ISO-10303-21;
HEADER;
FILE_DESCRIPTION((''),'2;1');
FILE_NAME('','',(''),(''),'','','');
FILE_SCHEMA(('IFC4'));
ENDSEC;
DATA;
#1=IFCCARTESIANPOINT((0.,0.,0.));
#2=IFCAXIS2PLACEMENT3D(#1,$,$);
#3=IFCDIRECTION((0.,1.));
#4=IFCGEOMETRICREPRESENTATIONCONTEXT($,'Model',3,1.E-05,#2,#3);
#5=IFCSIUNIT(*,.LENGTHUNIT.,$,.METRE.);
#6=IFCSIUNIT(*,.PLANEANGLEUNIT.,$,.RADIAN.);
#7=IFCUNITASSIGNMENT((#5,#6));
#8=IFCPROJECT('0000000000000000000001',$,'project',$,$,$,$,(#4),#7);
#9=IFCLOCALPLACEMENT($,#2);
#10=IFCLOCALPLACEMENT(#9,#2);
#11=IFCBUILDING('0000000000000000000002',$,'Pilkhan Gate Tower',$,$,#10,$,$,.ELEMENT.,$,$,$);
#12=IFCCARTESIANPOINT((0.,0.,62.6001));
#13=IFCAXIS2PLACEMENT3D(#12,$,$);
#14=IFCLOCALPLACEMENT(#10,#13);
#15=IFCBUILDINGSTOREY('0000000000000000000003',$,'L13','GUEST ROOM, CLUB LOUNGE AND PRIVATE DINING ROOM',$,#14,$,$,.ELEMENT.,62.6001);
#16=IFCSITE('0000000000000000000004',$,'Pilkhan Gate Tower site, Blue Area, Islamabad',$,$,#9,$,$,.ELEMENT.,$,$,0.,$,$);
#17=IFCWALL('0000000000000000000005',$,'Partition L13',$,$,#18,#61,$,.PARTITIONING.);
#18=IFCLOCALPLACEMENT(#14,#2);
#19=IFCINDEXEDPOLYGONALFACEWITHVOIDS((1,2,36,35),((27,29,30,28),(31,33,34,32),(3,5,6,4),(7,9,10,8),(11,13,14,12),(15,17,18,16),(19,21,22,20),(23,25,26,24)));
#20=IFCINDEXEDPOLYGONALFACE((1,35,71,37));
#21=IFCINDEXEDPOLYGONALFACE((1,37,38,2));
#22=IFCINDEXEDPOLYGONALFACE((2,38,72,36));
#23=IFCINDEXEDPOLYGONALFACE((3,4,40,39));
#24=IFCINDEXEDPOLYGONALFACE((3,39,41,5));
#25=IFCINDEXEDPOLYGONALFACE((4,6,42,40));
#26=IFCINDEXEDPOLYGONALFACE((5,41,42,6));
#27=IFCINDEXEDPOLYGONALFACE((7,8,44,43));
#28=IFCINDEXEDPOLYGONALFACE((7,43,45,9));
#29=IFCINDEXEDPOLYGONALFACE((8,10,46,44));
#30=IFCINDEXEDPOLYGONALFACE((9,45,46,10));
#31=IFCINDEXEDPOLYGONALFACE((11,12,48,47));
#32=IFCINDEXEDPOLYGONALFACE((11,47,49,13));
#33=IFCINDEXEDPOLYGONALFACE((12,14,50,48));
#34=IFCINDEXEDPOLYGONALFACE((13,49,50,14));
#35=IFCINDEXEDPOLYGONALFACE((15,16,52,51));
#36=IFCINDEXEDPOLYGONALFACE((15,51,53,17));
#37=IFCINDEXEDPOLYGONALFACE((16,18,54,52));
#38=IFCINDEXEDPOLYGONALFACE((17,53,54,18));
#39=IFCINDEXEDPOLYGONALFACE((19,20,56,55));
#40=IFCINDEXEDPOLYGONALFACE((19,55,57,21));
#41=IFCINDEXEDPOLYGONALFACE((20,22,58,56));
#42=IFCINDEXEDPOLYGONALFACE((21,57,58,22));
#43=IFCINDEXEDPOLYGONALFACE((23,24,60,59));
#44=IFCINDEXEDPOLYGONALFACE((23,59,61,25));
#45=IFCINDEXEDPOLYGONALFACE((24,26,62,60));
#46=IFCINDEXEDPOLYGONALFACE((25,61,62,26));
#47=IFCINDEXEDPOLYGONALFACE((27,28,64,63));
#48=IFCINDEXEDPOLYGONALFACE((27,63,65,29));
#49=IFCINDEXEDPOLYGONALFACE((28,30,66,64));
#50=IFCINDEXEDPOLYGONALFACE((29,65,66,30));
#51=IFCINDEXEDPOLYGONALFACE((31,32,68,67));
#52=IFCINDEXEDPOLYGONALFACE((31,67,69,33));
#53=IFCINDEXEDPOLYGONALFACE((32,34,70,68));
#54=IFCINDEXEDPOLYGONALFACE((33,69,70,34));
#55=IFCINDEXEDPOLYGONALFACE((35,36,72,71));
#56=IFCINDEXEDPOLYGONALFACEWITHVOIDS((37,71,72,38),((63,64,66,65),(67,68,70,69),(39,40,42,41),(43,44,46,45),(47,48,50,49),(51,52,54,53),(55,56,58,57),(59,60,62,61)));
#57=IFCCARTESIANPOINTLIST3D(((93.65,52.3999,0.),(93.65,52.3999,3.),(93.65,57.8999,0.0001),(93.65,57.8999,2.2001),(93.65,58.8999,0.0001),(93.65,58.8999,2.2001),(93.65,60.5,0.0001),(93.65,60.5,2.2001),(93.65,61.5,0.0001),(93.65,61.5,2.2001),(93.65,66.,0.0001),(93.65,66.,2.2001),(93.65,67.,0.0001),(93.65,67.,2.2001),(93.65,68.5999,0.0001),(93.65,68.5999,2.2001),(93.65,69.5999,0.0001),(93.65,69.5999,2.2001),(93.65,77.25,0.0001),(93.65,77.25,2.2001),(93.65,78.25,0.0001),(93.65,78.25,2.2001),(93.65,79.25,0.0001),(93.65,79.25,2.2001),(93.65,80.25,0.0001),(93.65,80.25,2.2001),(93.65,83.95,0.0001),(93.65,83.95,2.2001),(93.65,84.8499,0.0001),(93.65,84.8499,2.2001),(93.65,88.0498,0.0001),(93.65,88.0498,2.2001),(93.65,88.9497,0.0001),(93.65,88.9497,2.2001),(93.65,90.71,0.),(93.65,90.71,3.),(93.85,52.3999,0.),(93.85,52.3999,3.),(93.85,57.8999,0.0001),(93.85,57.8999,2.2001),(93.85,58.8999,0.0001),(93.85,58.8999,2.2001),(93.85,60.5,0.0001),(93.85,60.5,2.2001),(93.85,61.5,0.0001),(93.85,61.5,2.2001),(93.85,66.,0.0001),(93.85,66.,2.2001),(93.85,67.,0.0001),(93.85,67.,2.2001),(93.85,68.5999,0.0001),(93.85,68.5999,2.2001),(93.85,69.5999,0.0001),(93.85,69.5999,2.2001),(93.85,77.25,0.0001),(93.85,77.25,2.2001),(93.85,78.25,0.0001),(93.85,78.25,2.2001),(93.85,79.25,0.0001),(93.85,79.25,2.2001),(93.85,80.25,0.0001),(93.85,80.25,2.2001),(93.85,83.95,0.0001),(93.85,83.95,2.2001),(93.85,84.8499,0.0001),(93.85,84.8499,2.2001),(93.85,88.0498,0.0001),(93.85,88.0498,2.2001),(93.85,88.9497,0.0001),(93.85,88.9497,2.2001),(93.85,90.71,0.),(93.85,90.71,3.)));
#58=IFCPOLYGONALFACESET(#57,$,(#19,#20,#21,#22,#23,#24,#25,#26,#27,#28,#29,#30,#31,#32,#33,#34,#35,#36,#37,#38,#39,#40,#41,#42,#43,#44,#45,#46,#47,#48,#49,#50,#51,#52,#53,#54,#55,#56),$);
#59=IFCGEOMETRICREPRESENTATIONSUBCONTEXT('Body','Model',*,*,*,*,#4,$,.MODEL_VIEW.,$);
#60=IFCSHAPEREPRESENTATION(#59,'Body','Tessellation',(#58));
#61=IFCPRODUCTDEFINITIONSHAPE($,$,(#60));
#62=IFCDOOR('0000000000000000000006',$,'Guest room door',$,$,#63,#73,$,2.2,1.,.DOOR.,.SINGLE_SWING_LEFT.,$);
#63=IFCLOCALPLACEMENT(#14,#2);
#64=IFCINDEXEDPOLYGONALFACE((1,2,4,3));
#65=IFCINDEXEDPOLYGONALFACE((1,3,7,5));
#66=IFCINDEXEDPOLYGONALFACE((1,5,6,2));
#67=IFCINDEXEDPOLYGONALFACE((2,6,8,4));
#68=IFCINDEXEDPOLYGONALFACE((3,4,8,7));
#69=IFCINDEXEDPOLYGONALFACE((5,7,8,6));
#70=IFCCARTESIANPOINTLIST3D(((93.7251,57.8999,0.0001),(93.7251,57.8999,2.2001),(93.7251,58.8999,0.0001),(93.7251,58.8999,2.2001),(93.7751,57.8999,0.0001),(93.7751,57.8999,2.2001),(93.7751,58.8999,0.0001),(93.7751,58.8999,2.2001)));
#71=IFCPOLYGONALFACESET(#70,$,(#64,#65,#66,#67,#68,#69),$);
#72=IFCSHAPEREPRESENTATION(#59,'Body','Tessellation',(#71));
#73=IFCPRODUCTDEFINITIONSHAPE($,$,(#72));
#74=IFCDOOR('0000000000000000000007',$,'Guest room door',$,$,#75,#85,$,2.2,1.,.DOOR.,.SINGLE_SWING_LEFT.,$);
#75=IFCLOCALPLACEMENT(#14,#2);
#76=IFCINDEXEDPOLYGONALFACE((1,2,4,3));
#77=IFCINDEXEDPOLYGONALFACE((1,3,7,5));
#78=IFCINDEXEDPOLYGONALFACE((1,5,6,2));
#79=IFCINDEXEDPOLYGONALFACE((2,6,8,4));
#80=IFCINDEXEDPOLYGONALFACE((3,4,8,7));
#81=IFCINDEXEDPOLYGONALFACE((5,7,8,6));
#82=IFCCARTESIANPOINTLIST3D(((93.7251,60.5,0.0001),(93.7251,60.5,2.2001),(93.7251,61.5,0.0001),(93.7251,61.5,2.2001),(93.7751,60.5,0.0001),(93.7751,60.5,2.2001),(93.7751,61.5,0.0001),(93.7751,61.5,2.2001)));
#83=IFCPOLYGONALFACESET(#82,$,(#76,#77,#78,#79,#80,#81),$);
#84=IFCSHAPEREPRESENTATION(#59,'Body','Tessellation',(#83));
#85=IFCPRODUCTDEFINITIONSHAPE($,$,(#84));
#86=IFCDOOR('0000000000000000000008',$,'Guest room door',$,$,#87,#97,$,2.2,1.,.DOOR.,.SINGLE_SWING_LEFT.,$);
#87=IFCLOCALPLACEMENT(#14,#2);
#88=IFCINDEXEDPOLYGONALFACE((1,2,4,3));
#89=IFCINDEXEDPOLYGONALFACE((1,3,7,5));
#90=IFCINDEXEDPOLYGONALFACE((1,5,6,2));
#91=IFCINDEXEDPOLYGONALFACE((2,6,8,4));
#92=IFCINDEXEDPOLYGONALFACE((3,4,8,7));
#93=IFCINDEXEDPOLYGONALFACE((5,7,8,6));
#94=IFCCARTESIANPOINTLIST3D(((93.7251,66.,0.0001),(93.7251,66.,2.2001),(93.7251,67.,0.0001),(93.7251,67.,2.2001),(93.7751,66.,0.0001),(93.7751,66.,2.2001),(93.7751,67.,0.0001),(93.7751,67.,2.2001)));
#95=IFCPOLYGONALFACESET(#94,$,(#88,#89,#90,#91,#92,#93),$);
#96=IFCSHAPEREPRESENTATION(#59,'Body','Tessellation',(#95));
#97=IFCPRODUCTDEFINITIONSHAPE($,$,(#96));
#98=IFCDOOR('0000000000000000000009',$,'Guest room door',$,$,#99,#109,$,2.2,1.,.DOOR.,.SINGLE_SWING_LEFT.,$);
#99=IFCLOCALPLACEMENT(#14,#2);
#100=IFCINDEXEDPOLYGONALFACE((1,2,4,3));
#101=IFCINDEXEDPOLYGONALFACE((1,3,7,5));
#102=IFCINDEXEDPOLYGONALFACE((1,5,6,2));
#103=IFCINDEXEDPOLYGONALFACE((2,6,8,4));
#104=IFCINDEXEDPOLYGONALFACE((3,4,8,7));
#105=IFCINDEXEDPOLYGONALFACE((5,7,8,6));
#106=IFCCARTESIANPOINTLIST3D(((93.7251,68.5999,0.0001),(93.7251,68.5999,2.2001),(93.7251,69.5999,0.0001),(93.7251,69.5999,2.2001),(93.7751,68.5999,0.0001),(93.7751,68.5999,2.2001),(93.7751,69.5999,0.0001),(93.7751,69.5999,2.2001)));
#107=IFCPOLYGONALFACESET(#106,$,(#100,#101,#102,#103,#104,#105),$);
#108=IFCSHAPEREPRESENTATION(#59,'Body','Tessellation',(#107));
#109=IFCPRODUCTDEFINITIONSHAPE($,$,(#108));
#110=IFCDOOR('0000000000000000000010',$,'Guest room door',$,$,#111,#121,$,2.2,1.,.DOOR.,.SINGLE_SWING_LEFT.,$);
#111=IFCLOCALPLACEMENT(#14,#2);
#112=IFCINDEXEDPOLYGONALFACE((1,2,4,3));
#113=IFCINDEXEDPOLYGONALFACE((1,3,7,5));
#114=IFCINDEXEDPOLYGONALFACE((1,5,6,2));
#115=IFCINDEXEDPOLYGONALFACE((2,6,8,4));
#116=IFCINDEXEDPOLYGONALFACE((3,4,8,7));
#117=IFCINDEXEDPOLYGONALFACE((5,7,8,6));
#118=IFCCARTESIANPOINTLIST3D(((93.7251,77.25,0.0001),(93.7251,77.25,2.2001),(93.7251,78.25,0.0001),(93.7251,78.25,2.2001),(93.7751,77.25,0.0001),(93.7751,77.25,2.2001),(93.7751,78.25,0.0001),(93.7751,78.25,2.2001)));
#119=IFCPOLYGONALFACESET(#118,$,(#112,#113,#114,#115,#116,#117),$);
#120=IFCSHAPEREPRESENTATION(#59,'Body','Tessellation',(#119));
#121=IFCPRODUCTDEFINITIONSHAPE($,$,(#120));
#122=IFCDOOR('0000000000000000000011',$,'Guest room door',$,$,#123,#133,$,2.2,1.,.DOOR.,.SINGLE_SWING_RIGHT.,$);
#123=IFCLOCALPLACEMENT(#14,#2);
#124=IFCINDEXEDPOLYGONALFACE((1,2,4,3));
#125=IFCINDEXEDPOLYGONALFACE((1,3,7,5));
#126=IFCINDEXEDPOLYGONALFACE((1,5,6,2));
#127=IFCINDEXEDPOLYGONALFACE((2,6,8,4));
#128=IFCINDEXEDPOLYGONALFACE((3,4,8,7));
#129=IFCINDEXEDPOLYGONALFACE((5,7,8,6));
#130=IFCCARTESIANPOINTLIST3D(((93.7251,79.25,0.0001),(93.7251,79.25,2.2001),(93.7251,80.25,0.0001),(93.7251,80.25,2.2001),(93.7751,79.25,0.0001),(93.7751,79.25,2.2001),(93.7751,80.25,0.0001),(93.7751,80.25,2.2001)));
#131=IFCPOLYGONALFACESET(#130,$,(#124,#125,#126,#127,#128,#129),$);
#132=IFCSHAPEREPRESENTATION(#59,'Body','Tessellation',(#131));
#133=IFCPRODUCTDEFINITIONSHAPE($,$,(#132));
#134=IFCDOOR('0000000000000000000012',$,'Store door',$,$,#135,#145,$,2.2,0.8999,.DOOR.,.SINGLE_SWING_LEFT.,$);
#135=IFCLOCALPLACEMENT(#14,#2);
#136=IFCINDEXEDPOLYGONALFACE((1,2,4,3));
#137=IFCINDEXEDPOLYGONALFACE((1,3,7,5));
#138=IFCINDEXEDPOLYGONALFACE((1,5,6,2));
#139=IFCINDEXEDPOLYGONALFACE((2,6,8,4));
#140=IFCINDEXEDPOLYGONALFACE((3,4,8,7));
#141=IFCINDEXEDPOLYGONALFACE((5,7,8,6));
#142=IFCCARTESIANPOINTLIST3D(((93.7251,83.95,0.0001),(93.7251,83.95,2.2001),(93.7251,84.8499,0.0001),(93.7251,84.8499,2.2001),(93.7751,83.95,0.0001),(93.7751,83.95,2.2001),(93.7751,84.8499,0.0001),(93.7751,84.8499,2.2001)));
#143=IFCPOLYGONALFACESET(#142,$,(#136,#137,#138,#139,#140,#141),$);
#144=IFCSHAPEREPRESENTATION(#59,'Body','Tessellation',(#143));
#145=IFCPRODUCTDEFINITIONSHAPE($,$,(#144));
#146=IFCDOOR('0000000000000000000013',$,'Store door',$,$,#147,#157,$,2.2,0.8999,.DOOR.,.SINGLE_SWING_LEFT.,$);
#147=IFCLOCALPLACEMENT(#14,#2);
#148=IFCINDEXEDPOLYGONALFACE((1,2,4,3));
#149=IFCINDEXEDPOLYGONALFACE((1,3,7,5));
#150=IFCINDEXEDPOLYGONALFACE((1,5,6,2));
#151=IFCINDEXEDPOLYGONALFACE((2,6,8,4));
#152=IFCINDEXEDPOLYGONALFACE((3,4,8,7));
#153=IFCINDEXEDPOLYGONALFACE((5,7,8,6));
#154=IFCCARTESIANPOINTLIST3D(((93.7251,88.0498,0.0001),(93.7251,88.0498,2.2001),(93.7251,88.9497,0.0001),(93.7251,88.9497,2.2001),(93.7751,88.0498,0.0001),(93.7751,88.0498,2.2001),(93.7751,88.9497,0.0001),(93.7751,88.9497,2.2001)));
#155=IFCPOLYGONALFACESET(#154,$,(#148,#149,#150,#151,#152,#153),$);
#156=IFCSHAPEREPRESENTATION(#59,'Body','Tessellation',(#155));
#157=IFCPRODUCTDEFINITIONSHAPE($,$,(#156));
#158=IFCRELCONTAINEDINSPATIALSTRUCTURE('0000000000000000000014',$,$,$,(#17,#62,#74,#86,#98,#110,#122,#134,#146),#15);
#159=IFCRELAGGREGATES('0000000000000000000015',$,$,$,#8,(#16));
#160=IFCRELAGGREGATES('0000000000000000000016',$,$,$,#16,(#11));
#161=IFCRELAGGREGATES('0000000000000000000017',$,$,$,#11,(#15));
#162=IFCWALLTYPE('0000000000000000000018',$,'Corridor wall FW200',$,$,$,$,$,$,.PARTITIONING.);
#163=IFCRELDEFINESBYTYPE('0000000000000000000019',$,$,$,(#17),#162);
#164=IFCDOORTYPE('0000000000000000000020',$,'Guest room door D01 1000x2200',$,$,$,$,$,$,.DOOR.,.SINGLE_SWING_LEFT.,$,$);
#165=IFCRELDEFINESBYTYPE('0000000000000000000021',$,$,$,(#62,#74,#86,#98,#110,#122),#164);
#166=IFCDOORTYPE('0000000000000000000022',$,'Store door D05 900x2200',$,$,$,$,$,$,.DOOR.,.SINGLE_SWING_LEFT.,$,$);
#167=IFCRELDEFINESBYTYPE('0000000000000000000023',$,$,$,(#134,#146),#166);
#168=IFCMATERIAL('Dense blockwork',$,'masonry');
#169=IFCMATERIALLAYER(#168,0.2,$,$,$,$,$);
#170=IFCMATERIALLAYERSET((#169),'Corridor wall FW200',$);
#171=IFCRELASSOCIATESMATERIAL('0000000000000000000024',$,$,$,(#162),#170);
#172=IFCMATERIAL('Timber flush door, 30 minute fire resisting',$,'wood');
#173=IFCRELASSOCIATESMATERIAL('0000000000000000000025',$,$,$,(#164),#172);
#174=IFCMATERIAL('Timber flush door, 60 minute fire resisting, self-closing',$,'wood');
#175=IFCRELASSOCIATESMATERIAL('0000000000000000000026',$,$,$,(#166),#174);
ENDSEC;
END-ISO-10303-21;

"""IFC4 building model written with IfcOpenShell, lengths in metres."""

from ifc_helpers import new_model, si_unit, direction, frame, frame_2d, origin, place, context, subcontext, project, spatial, rectangle, extrude, material, layer, layer_set, type_object, element, fill, save


model = new_model("IFC4")

# Units and contexts
model_context = context("Model", 3, precision=1e-05, world=origin(), true_north=direction((0.0, 1.0)))
body_context = subcontext(model_context, "Body", "Model", "MODEL_VIEW")
ifc_project = project(units=[si_unit("LENGTHUNIT", "METRE"), si_unit("PLANEANGLEUNIT", "RADIAN")], contexts=[model_context])

# Site, building, storey
site_placement = place(None, origin())
site = spatial("IfcSite", under=ifc_project, at=site_placement, Name="Pilkhan Gate Tower site, Blue Area, Islamabad", CompositionType="ELEMENT", RefElevation=0.0)
building_placement = place(site_placement, origin())
building = spatial("IfcBuilding", under=site, at=building_placement, Name="Pilkhan Gate Tower", CompositionType="ELEMENT")
storey_placement = place(building_placement, frame((0.0, 0.0, 62.6001)))
storey = spatial("IfcBuildingStorey", under=building, at=storey_placement, Name="L13", Description="GUEST ROOM, CLUB LOUNGE AND PRIVATE DINING ROOM", CompositionType="ELEMENT", Elevation=62.6001)

# Shared definitions
ifc_material_1 = material(Name="Dense blockwork", Category="masonry")
ifc_layer_1 = layer(ifc_material_1, 0.2)
ifc_layer_set_1 = layer_set([ifc_layer_1], Name="Corridor wall FW200")
wall_type_1 = type_object("IfcWallType", Name="Corridor wall FW200", PredefinedType="PARTITIONING", material=ifc_layer_set_1)

# Wall, openings, doors
wall_1_placement = place(storey_placement, frame((93.75, 52.3999, 0.0), z_axis=(0.0, 0.0, 1.0), x_axis=(0.0, 1.0, 0.0)))
wall_1 = element("IfcWall", 1, at=wall_1_placement, inside=storey, type_object=wall_type_1, Name="Partition L13", PredefinedType="PARTITIONING", context=body_context, shape_type="SweptSolid", body=[
    extrude(rectangle(XDim=38.3101, YDim=0.2, at=frame_2d((19.155, 0.0))), origin(), (0.0, 0.0, 1.0), 3.0),
])
opening_1_placement = place(wall_1_placement, frame((5.5, 0.0, 0.0)))
opening_1 = element("IfcOpeningElement", 2, at=opening_1_placement, cuts=wall_1, PredefinedType="OPENING", context=body_context, shape_type="SweptSolid", body=[
    extrude(rectangle(XDim=1.0, YDim=2.2, at=frame_2d((0.5, 1.1001))), frame((0.0, 0.1099, 0.0), z_axis=(0.0, -1.0, 0.0), x_axis=(1.0, 0.0, 0.0)), (0.0, 0.0, 1.0), 0.22),
])
opening_2_placement = place(wall_1_placement, frame((8.1001, 0.0, 0.0)))
opening_2 = element("IfcOpeningElement", 3, at=opening_2_placement, cuts=wall_1, PredefinedType="OPENING", context=body_context, shape_type="SweptSolid", body=[
    extrude(rectangle(XDim=1.0, YDim=2.2, at=frame_2d((0.5, 1.1001))), frame((0.0, 0.1099, 0.0), z_axis=(0.0, -1.0, 0.0), x_axis=(1.0, 0.0, 0.0)), (0.0, 0.0, 1.0), 0.22),
])
opening_3_placement = place(wall_1_placement, frame((13.6001, 0.0, 0.0)))
opening_3 = element("IfcOpeningElement", 4, at=opening_3_placement, cuts=wall_1, PredefinedType="OPENING", context=body_context, shape_type="SweptSolid", body=[
    extrude(rectangle(XDim=1.0, YDim=2.2, at=frame_2d((0.5, 1.1001))), frame((0.0, 0.1099, 0.0), z_axis=(0.0, -1.0, 0.0), x_axis=(1.0, 0.0, 0.0)), (0.0, 0.0, 1.0), 0.22),
])
opening_4_placement = place(wall_1_placement, frame((16.2, 0.0, 0.0)))
opening_4 = element("IfcOpeningElement", 5, at=opening_4_placement, cuts=wall_1, PredefinedType="OPENING", context=body_context, shape_type="SweptSolid", body=[
    extrude(rectangle(XDim=1.0, YDim=2.2, at=frame_2d((0.5, 1.1001))), frame((0.0, 0.1099, 0.0), z_axis=(0.0, -1.0, 0.0), x_axis=(1.0, 0.0, 0.0)), (0.0, 0.0, 1.0), 0.22),
])
opening_5_placement = place(wall_1_placement, frame((24.8501, 0.0, 0.0)))
opening_5 = element("IfcOpeningElement", 6, at=opening_5_placement, cuts=wall_1, PredefinedType="OPENING", context=body_context, shape_type="SweptSolid", body=[
    extrude(rectangle(XDim=1.0, YDim=2.2, at=frame_2d((0.5, 1.1001))), frame((0.0, 0.1099, 0.0), z_axis=(0.0, -1.0, 0.0), x_axis=(1.0, 0.0, 0.0)), (0.0, 0.0, 1.0), 0.22),
])
opening_6_placement = place(wall_1_placement, frame((26.8501, 0.0, 0.0)))
opening_6 = element("IfcOpeningElement", 7, at=opening_6_placement, cuts=wall_1, PredefinedType="OPENING", context=body_context, shape_type="SweptSolid", body=[
    extrude(rectangle(XDim=1.0, YDim=2.2, at=frame_2d((0.5, 1.1001))), frame((0.0, 0.1099, 0.0), z_axis=(0.0, -1.0, 0.0), x_axis=(1.0, 0.0, 0.0)), (0.0, 0.0, 1.0), 0.22),
])
opening_7_placement = place(wall_1_placement, frame((31.55, 0.0, 0.0)))
opening_7 = element("IfcOpeningElement", 8, at=opening_7_placement, cuts=wall_1, PredefinedType="OPENING", context=body_context, shape_type="SweptSolid", body=[
    extrude(rectangle(XDim=0.8999, YDim=2.2, at=frame_2d((0.45, 1.1001))), frame((0.0, 0.1099, 0.0), z_axis=(0.0, -1.0, 0.0), x_axis=(1.0, 0.0, 0.0)), (0.0, 0.0, 1.0), 0.22),
])
opening_8_placement = place(wall_1_placement, frame((35.6499, 0.0, 0.0)))
opening_8 = element("IfcOpeningElement", 9, at=opening_8_placement, cuts=wall_1, PredefinedType="OPENING", context=body_context, shape_type="SweptSolid", body=[
    extrude(rectangle(XDim=0.8999, YDim=2.2, at=frame_2d((0.45, 1.1001))), frame((0.0, 0.1099, 0.0), z_axis=(0.0, -1.0, 0.0), x_axis=(1.0, 0.0, 0.0)), (0.0, 0.0, 1.0), 0.22),
])
ifc_material_2 = material(Name="Timber flush door, 30 minute fire resisting", Category="wood")
door_type_1 = type_object("IfcDoorType", Name="Guest room door D01 1000x2200", OperationType="SINGLE_SWING_LEFT", PredefinedType="DOOR", material=ifc_material_2)
door_1_placement = place(opening_1_placement, origin())
door_1 = element("IfcDoor", 10, at=door_1_placement, inside=storey, type_object=door_type_1, Name="Guest room door", OperationType="SINGLE_SWING_LEFT", OverallHeight=2.2, OverallWidth=1.0, PredefinedType="DOOR", context=body_context, shape_type="SweptSolid", body=[
    extrude(rectangle(XDim=1.0, YDim=2.2, at=frame_2d((0.5, 1.1001))), frame((0.0, 0.0249, 0.0), z_axis=(0.0, -1.0, 0.0), x_axis=(1.0, 0.0, 0.0)), (0.0, 0.0, 1.0), 0.05),
])
fill(opening_1, door_1)
door_2_placement = place(opening_2_placement, origin())
door_2 = element("IfcDoor", 11, at=door_2_placement, inside=storey, type_object=door_type_1, Name="Guest room door", OperationType="SINGLE_SWING_LEFT", OverallHeight=2.2, OverallWidth=1.0, PredefinedType="DOOR", context=body_context, shape_type="SweptSolid", body=[
    extrude(rectangle(XDim=1.0, YDim=2.2, at=frame_2d((0.5, 1.1001))), frame((0.0, 0.0249, 0.0), z_axis=(0.0, -1.0, 0.0), x_axis=(1.0, 0.0, 0.0)), (0.0, 0.0, 1.0), 0.05),
])
fill(opening_2, door_2)
door_3_placement = place(opening_3_placement, origin())
door_3 = element("IfcDoor", 12, at=door_3_placement, inside=storey, type_object=door_type_1, Name="Guest room door", OperationType="SINGLE_SWING_LEFT", OverallHeight=2.2, OverallWidth=1.0, PredefinedType="DOOR", context=body_context, shape_type="SweptSolid", body=[
    extrude(rectangle(XDim=1.0, YDim=2.2, at=frame_2d((0.5, 1.1001))), frame((0.0, 0.0249, 0.0), z_axis=(0.0, -1.0, 0.0), x_axis=(1.0, 0.0, 0.0)), (0.0, 0.0, 1.0), 0.05),
])
fill(opening_3, door_3)
door_4_placement = place(opening_4_placement, origin())
door_4 = element("IfcDoor", 13, at=door_4_placement, inside=storey, type_object=door_type_1, Name="Guest room door", OperationType="SINGLE_SWING_LEFT", OverallHeight=2.2, OverallWidth=1.0, PredefinedType="DOOR", context=body_context, shape_type="SweptSolid", body=[
    extrude(rectangle(XDim=1.0, YDim=2.2, at=frame_2d((0.5, 1.1001))), frame((0.0, 0.0249, 0.0), z_axis=(0.0, -1.0, 0.0), x_axis=(1.0, 0.0, 0.0)), (0.0, 0.0, 1.0), 0.05),
])
fill(opening_4, door_4)
door_5_placement = place(opening_5_placement, origin())
door_5 = element("IfcDoor", 14, at=door_5_placement, inside=storey, type_object=door_type_1, Name="Guest room door", OperationType="SINGLE_SWING_LEFT", OverallHeight=2.2, OverallWidth=1.0, PredefinedType="DOOR", context=body_context, shape_type="SweptSolid", body=[
    extrude(rectangle(XDim=1.0, YDim=2.2, at=frame_2d((0.5, 1.1001))), frame((0.0, 0.0249, 0.0), z_axis=(0.0, -1.0, 0.0), x_axis=(1.0, 0.0, 0.0)), (0.0, 0.0, 1.0), 0.05),
])
fill(opening_5, door_5)
door_6_placement = place(opening_6_placement, origin())
door_6 = element("IfcDoor", 15, at=door_6_placement, inside=storey, type_object=door_type_1, Name="Guest room door", OperationType="SINGLE_SWING_RIGHT", OverallHeight=2.2, OverallWidth=1.0, PredefinedType="DOOR", context=body_context, shape_type="SweptSolid", body=[
    extrude(rectangle(XDim=1.0, YDim=2.2, at=frame_2d((0.5, 1.1001))), frame((0.0, 0.0249, 0.0), z_axis=(0.0, -1.0, 0.0), x_axis=(1.0, 0.0, 0.0)), (0.0, 0.0, 1.0), 0.05),
])
fill(opening_6, door_6)
ifc_material_3 = material(Name="Timber flush door, 60 minute fire resisting, self-closing", Category="wood")
door_type_2 = type_object("IfcDoorType", Name="Store door D05 900x2200", OperationType="SINGLE_SWING_LEFT", PredefinedType="DOOR", material=ifc_material_3)
door_7_placement = place(opening_7_placement, origin())
door_7 = element("IfcDoor", 16, at=door_7_placement, inside=storey, type_object=door_type_2, Name="Store door", OperationType="SINGLE_SWING_LEFT", OverallHeight=2.2, OverallWidth=0.8999, PredefinedType="DOOR", context=body_context, shape_type="SweptSolid", body=[
    extrude(rectangle(XDim=0.8999, YDim=2.2, at=frame_2d((0.45, 1.1001))), frame((0.0, 0.0249, 0.0), z_axis=(0.0, -1.0, 0.0), x_axis=(1.0, 0.0, 0.0)), (0.0, 0.0, 1.0), 0.05),
])
fill(opening_7, door_7)
door_8_placement = place(opening_8_placement, origin())
door_8 = element("IfcDoor", 17, at=door_8_placement, inside=storey, type_object=door_type_2, Name="Store door", OperationType="SINGLE_SWING_LEFT", OverallHeight=2.2, OverallWidth=0.8999, PredefinedType="DOOR", context=body_context, shape_type="SweptSolid", body=[
    extrude(rectangle(XDim=0.8999, YDim=2.2, at=frame_2d((0.45, 1.1001))), frame((0.0, 0.0249, 0.0), z_axis=(0.0, -1.0, 0.0), x_axis=(1.0, 0.0, 0.0)), (0.0, 0.0, 1.0), 0.05),
])
fill(opening_8, door_8)

save(model, "model.ifc")
